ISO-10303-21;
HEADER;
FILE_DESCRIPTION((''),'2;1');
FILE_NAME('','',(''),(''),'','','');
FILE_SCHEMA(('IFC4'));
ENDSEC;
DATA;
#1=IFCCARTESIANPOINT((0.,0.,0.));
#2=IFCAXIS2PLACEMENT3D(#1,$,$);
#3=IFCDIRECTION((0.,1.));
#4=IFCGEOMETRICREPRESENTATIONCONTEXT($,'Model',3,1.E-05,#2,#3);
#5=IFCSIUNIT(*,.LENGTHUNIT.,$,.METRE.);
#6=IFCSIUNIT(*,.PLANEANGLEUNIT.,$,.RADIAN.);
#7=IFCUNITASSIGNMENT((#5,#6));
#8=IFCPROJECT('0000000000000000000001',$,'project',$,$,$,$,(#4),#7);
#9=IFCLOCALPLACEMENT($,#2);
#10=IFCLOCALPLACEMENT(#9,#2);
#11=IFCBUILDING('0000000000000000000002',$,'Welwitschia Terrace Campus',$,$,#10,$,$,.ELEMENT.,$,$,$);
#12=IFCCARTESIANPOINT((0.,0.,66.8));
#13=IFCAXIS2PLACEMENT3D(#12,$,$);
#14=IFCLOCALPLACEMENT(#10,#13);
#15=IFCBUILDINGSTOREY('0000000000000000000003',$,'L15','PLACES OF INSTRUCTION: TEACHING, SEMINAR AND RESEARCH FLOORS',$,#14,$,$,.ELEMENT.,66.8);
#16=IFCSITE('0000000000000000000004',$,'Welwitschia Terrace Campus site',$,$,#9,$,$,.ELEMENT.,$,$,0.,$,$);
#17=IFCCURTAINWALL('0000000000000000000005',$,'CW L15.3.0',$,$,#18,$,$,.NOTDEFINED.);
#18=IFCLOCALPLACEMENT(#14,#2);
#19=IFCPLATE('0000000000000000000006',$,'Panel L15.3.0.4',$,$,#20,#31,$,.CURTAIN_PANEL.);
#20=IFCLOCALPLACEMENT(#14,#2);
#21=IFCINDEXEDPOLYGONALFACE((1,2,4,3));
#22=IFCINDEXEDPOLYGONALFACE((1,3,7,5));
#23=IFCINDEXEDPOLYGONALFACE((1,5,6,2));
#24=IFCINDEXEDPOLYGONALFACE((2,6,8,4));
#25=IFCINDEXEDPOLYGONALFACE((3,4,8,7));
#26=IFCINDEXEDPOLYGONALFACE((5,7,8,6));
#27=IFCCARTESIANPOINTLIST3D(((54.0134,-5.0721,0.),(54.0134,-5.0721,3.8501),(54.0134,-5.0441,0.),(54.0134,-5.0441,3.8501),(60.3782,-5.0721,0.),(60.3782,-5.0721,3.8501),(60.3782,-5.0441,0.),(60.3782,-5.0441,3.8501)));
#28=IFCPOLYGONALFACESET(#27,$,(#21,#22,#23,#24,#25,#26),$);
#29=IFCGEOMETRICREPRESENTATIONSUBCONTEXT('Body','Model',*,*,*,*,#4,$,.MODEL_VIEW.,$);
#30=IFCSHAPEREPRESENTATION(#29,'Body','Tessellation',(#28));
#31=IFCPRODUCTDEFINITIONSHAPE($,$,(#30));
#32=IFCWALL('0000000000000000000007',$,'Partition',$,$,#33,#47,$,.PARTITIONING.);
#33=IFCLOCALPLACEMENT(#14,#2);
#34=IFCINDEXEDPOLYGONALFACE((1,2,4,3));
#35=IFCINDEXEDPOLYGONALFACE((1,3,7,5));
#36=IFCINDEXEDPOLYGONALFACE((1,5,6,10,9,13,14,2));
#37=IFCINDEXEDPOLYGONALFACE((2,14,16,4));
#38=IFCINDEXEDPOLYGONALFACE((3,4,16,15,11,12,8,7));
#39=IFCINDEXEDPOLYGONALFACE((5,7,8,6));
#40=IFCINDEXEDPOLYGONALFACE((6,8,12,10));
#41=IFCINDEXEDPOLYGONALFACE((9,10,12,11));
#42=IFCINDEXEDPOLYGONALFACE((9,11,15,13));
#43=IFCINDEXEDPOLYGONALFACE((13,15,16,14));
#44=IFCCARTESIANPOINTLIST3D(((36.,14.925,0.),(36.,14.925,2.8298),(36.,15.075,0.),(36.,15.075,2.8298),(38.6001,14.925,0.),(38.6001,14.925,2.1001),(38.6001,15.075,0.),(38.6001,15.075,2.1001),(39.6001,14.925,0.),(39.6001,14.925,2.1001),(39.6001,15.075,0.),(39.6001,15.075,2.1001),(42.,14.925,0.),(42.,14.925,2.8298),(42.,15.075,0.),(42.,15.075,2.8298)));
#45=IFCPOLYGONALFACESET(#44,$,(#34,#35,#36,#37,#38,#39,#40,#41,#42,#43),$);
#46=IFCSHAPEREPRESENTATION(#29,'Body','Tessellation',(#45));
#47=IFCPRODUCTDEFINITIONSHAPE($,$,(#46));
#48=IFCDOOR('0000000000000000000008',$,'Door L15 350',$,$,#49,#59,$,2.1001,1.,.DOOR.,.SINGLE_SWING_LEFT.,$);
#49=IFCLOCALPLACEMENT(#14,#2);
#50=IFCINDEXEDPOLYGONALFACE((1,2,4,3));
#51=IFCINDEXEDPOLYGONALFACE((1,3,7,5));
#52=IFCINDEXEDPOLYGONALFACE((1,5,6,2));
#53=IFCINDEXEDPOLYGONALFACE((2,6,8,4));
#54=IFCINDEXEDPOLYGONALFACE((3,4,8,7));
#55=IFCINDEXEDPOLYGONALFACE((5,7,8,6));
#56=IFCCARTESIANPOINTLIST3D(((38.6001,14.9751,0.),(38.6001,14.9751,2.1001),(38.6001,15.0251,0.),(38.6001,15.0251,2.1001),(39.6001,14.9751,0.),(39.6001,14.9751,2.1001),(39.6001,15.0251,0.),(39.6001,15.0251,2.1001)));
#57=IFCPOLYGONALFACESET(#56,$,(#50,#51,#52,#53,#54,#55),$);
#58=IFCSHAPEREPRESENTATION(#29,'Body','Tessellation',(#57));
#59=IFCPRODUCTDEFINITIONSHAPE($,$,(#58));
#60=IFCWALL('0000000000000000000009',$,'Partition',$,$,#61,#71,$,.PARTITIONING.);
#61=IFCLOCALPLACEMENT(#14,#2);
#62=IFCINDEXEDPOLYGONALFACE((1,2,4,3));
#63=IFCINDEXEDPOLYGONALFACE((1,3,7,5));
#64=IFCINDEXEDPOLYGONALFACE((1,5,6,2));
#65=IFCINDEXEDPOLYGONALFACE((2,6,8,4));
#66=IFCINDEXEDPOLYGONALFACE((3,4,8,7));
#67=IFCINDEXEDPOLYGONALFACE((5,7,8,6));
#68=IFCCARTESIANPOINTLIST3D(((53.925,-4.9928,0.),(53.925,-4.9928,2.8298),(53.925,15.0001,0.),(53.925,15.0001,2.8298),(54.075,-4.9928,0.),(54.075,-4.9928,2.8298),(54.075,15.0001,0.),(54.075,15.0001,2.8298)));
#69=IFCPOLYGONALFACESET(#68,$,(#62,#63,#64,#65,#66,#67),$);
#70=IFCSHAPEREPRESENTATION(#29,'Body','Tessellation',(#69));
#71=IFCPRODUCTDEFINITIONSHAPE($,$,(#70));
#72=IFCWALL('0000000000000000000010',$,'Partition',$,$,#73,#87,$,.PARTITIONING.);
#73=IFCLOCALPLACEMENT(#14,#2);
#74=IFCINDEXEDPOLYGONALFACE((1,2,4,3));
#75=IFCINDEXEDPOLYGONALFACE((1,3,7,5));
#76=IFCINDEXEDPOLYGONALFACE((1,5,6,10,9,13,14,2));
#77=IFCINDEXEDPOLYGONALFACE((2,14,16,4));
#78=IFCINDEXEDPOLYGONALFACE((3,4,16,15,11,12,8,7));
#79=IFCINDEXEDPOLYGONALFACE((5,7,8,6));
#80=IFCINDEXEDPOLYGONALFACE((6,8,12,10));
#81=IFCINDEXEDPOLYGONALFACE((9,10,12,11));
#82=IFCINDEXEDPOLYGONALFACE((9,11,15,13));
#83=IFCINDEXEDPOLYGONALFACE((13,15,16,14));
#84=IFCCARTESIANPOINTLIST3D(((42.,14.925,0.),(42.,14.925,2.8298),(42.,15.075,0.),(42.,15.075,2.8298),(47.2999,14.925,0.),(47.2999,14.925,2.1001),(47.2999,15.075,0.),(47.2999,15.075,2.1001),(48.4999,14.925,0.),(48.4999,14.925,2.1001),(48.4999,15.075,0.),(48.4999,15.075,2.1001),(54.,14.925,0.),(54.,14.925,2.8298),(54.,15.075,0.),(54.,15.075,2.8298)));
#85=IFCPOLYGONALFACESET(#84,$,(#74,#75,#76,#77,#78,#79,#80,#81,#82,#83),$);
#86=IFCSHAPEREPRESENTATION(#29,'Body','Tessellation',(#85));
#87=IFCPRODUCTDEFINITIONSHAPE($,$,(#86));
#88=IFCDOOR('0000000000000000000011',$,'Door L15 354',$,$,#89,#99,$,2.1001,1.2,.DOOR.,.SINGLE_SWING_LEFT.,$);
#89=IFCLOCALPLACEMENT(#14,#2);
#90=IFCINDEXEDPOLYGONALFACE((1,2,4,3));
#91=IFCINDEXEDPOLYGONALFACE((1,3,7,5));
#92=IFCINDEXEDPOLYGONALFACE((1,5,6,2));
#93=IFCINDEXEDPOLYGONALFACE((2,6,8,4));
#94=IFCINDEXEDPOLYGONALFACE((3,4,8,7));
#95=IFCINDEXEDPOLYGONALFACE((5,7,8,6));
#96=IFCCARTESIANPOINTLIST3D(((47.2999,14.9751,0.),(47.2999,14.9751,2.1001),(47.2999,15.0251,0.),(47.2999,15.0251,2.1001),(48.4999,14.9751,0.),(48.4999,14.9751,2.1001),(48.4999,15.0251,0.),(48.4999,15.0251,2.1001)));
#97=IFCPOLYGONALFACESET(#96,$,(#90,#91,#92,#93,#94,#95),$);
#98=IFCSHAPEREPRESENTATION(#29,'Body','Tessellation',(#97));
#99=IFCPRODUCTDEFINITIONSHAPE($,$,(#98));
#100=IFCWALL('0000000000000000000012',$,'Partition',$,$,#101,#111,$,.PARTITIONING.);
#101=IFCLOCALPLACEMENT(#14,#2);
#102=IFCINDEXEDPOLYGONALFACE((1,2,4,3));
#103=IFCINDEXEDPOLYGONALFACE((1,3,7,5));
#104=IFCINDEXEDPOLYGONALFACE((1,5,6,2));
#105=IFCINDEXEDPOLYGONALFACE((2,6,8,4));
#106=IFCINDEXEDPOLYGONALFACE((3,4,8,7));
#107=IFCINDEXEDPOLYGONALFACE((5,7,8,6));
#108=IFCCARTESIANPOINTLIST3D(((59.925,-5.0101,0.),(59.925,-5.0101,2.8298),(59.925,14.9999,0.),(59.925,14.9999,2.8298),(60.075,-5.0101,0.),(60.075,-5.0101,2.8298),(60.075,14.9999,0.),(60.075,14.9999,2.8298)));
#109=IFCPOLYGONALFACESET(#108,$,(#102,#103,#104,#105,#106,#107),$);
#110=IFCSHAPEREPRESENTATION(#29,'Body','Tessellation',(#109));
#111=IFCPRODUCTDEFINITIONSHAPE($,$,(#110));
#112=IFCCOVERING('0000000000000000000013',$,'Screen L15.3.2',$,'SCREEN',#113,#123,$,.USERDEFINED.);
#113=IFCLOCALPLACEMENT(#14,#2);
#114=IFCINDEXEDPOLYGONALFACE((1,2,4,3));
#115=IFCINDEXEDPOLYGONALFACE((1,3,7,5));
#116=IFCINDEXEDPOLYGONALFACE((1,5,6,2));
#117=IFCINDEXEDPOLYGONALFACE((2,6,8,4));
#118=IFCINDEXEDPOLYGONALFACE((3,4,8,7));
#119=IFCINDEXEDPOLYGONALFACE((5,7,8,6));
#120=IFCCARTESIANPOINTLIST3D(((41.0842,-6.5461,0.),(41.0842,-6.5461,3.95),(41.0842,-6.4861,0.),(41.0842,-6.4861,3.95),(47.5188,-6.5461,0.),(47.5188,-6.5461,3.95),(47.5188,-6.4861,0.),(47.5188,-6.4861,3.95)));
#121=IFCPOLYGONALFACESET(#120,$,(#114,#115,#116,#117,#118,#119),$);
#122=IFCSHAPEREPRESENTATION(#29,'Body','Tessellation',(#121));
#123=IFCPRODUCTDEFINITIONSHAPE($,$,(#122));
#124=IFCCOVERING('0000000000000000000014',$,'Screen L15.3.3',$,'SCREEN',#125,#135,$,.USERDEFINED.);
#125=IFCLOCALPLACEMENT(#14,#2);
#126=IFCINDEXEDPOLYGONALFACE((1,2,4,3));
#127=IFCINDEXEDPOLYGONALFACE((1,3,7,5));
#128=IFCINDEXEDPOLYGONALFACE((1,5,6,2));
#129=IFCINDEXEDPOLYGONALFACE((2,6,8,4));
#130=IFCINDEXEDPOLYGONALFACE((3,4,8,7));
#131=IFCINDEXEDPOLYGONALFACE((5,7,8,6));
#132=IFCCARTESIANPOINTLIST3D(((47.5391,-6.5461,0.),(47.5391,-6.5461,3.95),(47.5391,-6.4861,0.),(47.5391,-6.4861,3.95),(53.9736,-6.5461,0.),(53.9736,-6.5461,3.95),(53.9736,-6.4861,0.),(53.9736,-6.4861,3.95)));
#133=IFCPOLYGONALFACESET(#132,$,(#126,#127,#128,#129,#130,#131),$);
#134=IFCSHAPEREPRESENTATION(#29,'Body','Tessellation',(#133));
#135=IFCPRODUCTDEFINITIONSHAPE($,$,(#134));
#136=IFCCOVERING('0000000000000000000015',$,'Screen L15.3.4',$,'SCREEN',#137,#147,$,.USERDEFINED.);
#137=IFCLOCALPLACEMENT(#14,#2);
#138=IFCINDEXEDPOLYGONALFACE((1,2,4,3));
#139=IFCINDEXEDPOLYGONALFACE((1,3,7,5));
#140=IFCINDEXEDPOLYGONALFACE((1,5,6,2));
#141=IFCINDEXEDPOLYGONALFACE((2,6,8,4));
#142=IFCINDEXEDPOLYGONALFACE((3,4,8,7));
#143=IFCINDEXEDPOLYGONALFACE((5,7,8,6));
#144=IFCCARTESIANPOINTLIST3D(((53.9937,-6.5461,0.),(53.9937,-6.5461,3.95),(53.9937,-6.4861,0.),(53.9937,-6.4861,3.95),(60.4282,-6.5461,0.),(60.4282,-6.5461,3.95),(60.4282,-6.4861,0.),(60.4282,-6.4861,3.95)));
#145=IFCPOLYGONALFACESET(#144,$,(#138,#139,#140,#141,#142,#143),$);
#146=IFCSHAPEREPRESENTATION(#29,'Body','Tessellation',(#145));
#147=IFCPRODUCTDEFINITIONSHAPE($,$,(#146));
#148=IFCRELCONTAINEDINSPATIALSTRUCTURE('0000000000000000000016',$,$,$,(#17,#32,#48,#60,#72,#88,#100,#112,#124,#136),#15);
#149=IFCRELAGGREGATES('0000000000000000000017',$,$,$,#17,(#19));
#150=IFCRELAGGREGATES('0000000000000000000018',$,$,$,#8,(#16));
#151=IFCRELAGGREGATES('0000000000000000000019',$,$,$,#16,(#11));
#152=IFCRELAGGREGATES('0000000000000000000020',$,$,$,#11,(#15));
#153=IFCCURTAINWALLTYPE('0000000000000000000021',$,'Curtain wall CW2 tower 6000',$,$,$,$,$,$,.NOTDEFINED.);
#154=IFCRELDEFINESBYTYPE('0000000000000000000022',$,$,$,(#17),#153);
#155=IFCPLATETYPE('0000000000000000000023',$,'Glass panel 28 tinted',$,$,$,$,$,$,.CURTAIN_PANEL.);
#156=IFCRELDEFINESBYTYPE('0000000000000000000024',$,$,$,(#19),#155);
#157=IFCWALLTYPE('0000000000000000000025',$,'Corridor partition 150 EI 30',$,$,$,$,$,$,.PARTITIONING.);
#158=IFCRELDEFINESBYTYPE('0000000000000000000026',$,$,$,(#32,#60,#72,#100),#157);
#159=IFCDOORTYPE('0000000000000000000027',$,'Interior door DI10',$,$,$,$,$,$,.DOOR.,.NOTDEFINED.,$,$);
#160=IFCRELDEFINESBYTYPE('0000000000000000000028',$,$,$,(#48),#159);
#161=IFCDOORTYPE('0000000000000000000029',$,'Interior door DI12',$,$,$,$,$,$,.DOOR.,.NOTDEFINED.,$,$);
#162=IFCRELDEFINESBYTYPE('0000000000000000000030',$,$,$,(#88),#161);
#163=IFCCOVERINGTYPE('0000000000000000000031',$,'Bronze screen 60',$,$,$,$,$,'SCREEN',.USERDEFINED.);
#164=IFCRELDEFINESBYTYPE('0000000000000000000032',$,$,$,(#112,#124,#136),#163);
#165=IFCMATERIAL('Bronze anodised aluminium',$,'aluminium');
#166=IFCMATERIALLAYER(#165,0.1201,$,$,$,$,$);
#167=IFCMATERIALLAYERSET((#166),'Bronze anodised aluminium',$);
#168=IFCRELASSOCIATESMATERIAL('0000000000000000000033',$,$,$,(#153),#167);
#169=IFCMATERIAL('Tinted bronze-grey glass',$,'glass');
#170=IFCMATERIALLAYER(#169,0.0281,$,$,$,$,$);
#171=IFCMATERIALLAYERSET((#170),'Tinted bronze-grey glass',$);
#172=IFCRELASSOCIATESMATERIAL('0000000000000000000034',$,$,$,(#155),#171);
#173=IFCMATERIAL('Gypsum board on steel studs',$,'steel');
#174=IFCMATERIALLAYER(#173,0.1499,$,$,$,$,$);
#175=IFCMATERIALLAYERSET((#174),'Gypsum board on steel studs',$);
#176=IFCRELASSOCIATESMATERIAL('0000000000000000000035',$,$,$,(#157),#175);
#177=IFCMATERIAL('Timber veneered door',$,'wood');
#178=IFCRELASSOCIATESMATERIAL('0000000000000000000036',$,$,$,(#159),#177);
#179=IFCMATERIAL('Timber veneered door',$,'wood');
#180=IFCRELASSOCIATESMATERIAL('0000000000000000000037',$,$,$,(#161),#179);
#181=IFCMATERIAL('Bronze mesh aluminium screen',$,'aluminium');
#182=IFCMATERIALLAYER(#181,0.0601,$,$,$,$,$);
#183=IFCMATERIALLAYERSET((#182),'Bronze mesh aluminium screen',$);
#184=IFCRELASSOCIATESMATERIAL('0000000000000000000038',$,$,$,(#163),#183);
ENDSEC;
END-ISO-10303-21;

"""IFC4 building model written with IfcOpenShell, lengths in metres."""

from ifc_helpers import new_model, si_unit, direction, frame, frame_2d, origin, origin_2d, place, context, subcontext, project, spatial, rectangle, extrude, material, layer, layer_set, type_object, element, fill, aggregate, save


model = new_model("IFC4")

# Units and contexts
model_context = context("Model", 3, precision=1e-05, world=origin(), true_north=direction((0.0, 1.0)))
body_context = subcontext(model_context, "Body", "Model", "MODEL_VIEW")
ifc_project = project(units=[si_unit("LENGTHUNIT", "METRE"), si_unit("PLANEANGLEUNIT", "RADIAN")], contexts=[model_context])

# Site, building, storey
site_placement = place(None, origin())
site = spatial("IfcSite", under=ifc_project, at=site_placement, Name="Welwitschia Terrace Campus site", CompositionType="ELEMENT", RefElevation=0.0)
building_placement = place(site_placement, origin())
building = spatial("IfcBuilding", under=site, at=building_placement, Name="Welwitschia Terrace Campus", CompositionType="ELEMENT")
storey_placement = place(building_placement, frame((0.0, 0.0, 66.8)))
storey = spatial("IfcBuildingStorey", under=building, at=storey_placement, Name="L15", Description="PLACES OF INSTRUCTION: TEACHING, SEMINAR AND RESEARCH FLOORS", CompositionType="ELEMENT", Elevation=66.8)

# Curtain wall
ifc_material_1 = material(Name="Bronze anodised aluminium", Category="aluminium")
ifc_layer_1 = layer(ifc_material_1, 0.1201)
ifc_layer_set_1 = layer_set([ifc_layer_1], Name="Bronze anodised aluminium")
curtain_wall_type = type_object("IfcCurtainWallType", Name="Curtain wall CW2 tower 6000", PredefinedType="NOTDEFINED", material=ifc_layer_set_1)
curtain_wall_placement = place(storey_placement, origin())
curtain_wall = element("IfcCurtainWall", 1, at=curtain_wall_placement, inside=storey, type_object=curtain_wall_type, Name="CW L15.3.0", PredefinedType="NOTDEFINED")

# Plate
ifc_material_2 = material(Name="Tinted bronze-grey glass", Category="glass")
ifc_layer_2 = layer(ifc_material_2, 0.0281)
ifc_layer_set_2 = layer_set([ifc_layer_2], Name="Tinted bronze-grey glass")
plate_type = type_object("IfcPlateType", Name="Glass panel 28 tinted", PredefinedType="CURTAIN_PANEL", material=ifc_layer_set_2)
plate_1_placement = place(storey_placement, frame((57.1958, -5.0581, 0.0), z_axis=(0.0, 0.0, 1.0), x_axis=(1.0, 0.0, 0.0)))
plate_1 = element("IfcPlate", 2, at=plate_1_placement, type_object=plate_type, Name="Panel L15.3.0.4", PredefinedType="CURTAIN_PANEL", context=body_context, shape_type="SweptSolid", body=[
    extrude(rectangle(XDim=6.3647, YDim=0.0281, at=origin_2d()), origin(), (0.0, 0.0, 1.0), 3.8501),
])
aggregate(curtain_wall, [plate_1])

# Wall, opening, door
ifc_material_3 = material(Name="Gypsum board on steel studs", Category="steel")
ifc_layer_3 = layer(ifc_material_3, 0.1499)
ifc_layer_set_3 = layer_set([ifc_layer_3], Name="Gypsum board on steel studs")
wall_type = type_object("IfcWallType", Name="Corridor partition 150 EI 30", PredefinedType="PARTITIONING", material=ifc_layer_set_3)
wall_1_placement = place(storey_placement, frame((42.0, 15.0, 0.0), z_axis=(0.0, 0.0, 1.0), x_axis=(-1.0, 0.0, 0.0)))
wall_1 = element("IfcWall", 3, at=wall_1_placement, inside=storey, type_object=wall_type, Name="Partition", PredefinedType="PARTITIONING", context=body_context, shape_type="SweptSolid", body=[
    extrude(rectangle(XDim=6.0, YDim=0.1499, at=frame_2d((3.0, 0.0))), origin(), (0.0, 0.0, 1.0), 2.8298),
])
opening_1_placement = place(wall_1_placement, frame((2.3999, 0.0, 0.0)))
opening_1 = element("IfcOpeningElement", 4, at=opening_1_placement, cuts=wall_1, PredefinedType="OPENING", context=body_context, shape_type="SweptSolid", body=[
    extrude(rectangle(XDim=1.0, YDim=2.1001, at=frame_2d((0.5, 1.05))), frame((0.0, 0.085, 0.0), z_axis=(0.0, -1.0, 0.0), x_axis=(1.0, 0.0, 0.0)), (0.0, 0.0, 1.0), 0.1699),
])
ifc_material_4 = material(Name="Timber veneered door", Category="wood")
door_type_1 = type_object("IfcDoorType", Name="Interior door DI10", OperationType="NOTDEFINED", PredefinedType="DOOR", material=ifc_material_4)
door_1_placement = place(opening_1_placement, origin())
door_1 = element("IfcDoor", 5, at=door_1_placement, inside=storey, type_object=door_type_1, Name="Door L15 350", OperationType="SINGLE_SWING_LEFT", OverallHeight=2.1001, OverallWidth=1.0, PredefinedType="DOOR", context=body_context, shape_type="SweptSolid", body=[
    extrude(rectangle(XDim=1.0, YDim=2.1001, at=frame_2d((0.5, 1.05))), frame((0.0, 0.0249, 0.0), z_axis=(0.0, -1.0, 0.0), x_axis=(1.0, 0.0, 0.0)), (0.0, 0.0, 1.0), 0.05),
])
fill(opening_1, door_1)

# Wall
wall_2_placement = place(storey_placement, frame((54.0, -4.9929, 0.0), z_axis=(0.0, 0.0, 1.0), x_axis=(0.0, 1.0, 0.0)))
element("IfcWall", 6, at=wall_2_placement, inside=storey, type_object=wall_type, Name="Partition", PredefinedType="PARTITIONING", context=body_context, shape_type="SweptSolid", body=[
    extrude(rectangle(XDim=19.9929, YDim=0.1499, at=frame_2d((9.9966, 0.0))), origin(), (0.0, 0.0, 1.0), 2.8298),
])

# Wall, opening, door
wall_3_placement = place(storey_placement, frame((54.0, 15.0, 0.0), z_axis=(0.0, 0.0, 1.0), x_axis=(-1.0, 0.0, 0.0)))
wall_3 = element("IfcWall", 7, at=wall_3_placement, inside=storey, type_object=wall_type, Name="Partition", PredefinedType="PARTITIONING", context=body_context, shape_type="SweptSolid", body=[
    extrude(rectangle(XDim=12.0, YDim=0.1499, at=frame_2d((6.0, 0.0))), origin(), (0.0, 0.0, 1.0), 2.8298),
])
opening_2_placement = place(wall_3_placement, frame((5.5, 0.0, 0.0)))
opening_2 = element("IfcOpeningElement", 8, at=opening_2_placement, cuts=wall_3, PredefinedType="OPENING", context=body_context, shape_type="SweptSolid", body=[
    extrude(rectangle(XDim=1.2, YDim=2.1001, at=frame_2d((0.6001, 1.05))), frame((0.0, 0.085, 0.0), z_axis=(0.0, -1.0, 0.0), x_axis=(1.0, 0.0, 0.0)), (0.0, 0.0, 1.0), 0.1699),
])
ifc_material_5 = material(Name="Timber veneered door", Category="wood")
door_type_2 = type_object("IfcDoorType", Name="Interior door DI12", OperationType="NOTDEFINED", PredefinedType="DOOR", material=ifc_material_5)
door_2_placement = place(opening_2_placement, origin())
door_2 = element("IfcDoor", 9, at=door_2_placement, inside=storey, type_object=door_type_2, Name="Door L15 354", OperationType="SINGLE_SWING_LEFT", OverallHeight=2.1001, OverallWidth=1.2, PredefinedType="DOOR", context=body_context, shape_type="SweptSolid", body=[
    extrude(rectangle(XDim=1.2, YDim=2.1001, at=frame_2d((0.6001, 1.05))), frame((0.0, 0.0249, 0.0), z_axis=(0.0, -1.0, 0.0), x_axis=(1.0, 0.0, 0.0)), (0.0, 0.0, 1.0), 0.05),
])
fill(opening_2, door_2)

# Wall
wall_4_placement = place(storey_placement, frame((60.0, -5.01, 0.0), z_axis=(0.0, 0.0, 1.0), x_axis=(0.0, 1.0, 0.0)))
element("IfcWall", 10, at=wall_4_placement, inside=storey, type_object=wall_type, Name="Partition", PredefinedType="PARTITIONING", context=body_context, shape_type="SweptSolid", body=[
    extrude(rectangle(XDim=20.01, YDim=0.1499, at=frame_2d((10.0049, 0.0))), origin(), (0.0, 0.0, 1.0), 2.8298),
])

# Coverings
ifc_material_6 = material(Name="Bronze mesh aluminium screen", Category="aluminium")
ifc_layer_4 = layer(ifc_material_6, 0.0601)
ifc_layer_set_4 = layer_set([ifc_layer_4], Name="Bronze mesh aluminium screen")
covering_type = type_object("IfcCoveringType", Name="Bronze screen 60", ElementType="SCREEN", PredefinedType="USERDEFINED", material=ifc_layer_set_4)
for number, where, z_axis, x_axis, name in (
    (11, (44.3015, -6.5161, 0.0), (0.0, 0.0, 1.0), (1.0, 0.0, 0.0), "Screen L15.3.2"),
    (12, (50.7563, -6.5161, 0.0), (0.0, 0.0, 1.0), (1.0, 0.0, 0.0), "Screen L15.3.3"),
    (13, (57.2109, -6.5161, 0.0), (0.0, 0.0, 1.0), (1.0, 0.0, 0.0), "Screen L15.3.4"),
):
    element("IfcCovering", number, at=place(storey_placement, frame(where, z_axis=z_axis, x_axis=x_axis)), inside=storey, type_object=covering_type, Name=name, ObjectType="SCREEN", PredefinedType="USERDEFINED", context=body_context, shape_type="SweptSolid", body=[
        extrude(rectangle(XDim=6.4346, YDim=0.0601, at=origin_2d()), origin(), (0.0, 0.0, 1.0), 3.95),
    ])

save(model, "model.ifc")
